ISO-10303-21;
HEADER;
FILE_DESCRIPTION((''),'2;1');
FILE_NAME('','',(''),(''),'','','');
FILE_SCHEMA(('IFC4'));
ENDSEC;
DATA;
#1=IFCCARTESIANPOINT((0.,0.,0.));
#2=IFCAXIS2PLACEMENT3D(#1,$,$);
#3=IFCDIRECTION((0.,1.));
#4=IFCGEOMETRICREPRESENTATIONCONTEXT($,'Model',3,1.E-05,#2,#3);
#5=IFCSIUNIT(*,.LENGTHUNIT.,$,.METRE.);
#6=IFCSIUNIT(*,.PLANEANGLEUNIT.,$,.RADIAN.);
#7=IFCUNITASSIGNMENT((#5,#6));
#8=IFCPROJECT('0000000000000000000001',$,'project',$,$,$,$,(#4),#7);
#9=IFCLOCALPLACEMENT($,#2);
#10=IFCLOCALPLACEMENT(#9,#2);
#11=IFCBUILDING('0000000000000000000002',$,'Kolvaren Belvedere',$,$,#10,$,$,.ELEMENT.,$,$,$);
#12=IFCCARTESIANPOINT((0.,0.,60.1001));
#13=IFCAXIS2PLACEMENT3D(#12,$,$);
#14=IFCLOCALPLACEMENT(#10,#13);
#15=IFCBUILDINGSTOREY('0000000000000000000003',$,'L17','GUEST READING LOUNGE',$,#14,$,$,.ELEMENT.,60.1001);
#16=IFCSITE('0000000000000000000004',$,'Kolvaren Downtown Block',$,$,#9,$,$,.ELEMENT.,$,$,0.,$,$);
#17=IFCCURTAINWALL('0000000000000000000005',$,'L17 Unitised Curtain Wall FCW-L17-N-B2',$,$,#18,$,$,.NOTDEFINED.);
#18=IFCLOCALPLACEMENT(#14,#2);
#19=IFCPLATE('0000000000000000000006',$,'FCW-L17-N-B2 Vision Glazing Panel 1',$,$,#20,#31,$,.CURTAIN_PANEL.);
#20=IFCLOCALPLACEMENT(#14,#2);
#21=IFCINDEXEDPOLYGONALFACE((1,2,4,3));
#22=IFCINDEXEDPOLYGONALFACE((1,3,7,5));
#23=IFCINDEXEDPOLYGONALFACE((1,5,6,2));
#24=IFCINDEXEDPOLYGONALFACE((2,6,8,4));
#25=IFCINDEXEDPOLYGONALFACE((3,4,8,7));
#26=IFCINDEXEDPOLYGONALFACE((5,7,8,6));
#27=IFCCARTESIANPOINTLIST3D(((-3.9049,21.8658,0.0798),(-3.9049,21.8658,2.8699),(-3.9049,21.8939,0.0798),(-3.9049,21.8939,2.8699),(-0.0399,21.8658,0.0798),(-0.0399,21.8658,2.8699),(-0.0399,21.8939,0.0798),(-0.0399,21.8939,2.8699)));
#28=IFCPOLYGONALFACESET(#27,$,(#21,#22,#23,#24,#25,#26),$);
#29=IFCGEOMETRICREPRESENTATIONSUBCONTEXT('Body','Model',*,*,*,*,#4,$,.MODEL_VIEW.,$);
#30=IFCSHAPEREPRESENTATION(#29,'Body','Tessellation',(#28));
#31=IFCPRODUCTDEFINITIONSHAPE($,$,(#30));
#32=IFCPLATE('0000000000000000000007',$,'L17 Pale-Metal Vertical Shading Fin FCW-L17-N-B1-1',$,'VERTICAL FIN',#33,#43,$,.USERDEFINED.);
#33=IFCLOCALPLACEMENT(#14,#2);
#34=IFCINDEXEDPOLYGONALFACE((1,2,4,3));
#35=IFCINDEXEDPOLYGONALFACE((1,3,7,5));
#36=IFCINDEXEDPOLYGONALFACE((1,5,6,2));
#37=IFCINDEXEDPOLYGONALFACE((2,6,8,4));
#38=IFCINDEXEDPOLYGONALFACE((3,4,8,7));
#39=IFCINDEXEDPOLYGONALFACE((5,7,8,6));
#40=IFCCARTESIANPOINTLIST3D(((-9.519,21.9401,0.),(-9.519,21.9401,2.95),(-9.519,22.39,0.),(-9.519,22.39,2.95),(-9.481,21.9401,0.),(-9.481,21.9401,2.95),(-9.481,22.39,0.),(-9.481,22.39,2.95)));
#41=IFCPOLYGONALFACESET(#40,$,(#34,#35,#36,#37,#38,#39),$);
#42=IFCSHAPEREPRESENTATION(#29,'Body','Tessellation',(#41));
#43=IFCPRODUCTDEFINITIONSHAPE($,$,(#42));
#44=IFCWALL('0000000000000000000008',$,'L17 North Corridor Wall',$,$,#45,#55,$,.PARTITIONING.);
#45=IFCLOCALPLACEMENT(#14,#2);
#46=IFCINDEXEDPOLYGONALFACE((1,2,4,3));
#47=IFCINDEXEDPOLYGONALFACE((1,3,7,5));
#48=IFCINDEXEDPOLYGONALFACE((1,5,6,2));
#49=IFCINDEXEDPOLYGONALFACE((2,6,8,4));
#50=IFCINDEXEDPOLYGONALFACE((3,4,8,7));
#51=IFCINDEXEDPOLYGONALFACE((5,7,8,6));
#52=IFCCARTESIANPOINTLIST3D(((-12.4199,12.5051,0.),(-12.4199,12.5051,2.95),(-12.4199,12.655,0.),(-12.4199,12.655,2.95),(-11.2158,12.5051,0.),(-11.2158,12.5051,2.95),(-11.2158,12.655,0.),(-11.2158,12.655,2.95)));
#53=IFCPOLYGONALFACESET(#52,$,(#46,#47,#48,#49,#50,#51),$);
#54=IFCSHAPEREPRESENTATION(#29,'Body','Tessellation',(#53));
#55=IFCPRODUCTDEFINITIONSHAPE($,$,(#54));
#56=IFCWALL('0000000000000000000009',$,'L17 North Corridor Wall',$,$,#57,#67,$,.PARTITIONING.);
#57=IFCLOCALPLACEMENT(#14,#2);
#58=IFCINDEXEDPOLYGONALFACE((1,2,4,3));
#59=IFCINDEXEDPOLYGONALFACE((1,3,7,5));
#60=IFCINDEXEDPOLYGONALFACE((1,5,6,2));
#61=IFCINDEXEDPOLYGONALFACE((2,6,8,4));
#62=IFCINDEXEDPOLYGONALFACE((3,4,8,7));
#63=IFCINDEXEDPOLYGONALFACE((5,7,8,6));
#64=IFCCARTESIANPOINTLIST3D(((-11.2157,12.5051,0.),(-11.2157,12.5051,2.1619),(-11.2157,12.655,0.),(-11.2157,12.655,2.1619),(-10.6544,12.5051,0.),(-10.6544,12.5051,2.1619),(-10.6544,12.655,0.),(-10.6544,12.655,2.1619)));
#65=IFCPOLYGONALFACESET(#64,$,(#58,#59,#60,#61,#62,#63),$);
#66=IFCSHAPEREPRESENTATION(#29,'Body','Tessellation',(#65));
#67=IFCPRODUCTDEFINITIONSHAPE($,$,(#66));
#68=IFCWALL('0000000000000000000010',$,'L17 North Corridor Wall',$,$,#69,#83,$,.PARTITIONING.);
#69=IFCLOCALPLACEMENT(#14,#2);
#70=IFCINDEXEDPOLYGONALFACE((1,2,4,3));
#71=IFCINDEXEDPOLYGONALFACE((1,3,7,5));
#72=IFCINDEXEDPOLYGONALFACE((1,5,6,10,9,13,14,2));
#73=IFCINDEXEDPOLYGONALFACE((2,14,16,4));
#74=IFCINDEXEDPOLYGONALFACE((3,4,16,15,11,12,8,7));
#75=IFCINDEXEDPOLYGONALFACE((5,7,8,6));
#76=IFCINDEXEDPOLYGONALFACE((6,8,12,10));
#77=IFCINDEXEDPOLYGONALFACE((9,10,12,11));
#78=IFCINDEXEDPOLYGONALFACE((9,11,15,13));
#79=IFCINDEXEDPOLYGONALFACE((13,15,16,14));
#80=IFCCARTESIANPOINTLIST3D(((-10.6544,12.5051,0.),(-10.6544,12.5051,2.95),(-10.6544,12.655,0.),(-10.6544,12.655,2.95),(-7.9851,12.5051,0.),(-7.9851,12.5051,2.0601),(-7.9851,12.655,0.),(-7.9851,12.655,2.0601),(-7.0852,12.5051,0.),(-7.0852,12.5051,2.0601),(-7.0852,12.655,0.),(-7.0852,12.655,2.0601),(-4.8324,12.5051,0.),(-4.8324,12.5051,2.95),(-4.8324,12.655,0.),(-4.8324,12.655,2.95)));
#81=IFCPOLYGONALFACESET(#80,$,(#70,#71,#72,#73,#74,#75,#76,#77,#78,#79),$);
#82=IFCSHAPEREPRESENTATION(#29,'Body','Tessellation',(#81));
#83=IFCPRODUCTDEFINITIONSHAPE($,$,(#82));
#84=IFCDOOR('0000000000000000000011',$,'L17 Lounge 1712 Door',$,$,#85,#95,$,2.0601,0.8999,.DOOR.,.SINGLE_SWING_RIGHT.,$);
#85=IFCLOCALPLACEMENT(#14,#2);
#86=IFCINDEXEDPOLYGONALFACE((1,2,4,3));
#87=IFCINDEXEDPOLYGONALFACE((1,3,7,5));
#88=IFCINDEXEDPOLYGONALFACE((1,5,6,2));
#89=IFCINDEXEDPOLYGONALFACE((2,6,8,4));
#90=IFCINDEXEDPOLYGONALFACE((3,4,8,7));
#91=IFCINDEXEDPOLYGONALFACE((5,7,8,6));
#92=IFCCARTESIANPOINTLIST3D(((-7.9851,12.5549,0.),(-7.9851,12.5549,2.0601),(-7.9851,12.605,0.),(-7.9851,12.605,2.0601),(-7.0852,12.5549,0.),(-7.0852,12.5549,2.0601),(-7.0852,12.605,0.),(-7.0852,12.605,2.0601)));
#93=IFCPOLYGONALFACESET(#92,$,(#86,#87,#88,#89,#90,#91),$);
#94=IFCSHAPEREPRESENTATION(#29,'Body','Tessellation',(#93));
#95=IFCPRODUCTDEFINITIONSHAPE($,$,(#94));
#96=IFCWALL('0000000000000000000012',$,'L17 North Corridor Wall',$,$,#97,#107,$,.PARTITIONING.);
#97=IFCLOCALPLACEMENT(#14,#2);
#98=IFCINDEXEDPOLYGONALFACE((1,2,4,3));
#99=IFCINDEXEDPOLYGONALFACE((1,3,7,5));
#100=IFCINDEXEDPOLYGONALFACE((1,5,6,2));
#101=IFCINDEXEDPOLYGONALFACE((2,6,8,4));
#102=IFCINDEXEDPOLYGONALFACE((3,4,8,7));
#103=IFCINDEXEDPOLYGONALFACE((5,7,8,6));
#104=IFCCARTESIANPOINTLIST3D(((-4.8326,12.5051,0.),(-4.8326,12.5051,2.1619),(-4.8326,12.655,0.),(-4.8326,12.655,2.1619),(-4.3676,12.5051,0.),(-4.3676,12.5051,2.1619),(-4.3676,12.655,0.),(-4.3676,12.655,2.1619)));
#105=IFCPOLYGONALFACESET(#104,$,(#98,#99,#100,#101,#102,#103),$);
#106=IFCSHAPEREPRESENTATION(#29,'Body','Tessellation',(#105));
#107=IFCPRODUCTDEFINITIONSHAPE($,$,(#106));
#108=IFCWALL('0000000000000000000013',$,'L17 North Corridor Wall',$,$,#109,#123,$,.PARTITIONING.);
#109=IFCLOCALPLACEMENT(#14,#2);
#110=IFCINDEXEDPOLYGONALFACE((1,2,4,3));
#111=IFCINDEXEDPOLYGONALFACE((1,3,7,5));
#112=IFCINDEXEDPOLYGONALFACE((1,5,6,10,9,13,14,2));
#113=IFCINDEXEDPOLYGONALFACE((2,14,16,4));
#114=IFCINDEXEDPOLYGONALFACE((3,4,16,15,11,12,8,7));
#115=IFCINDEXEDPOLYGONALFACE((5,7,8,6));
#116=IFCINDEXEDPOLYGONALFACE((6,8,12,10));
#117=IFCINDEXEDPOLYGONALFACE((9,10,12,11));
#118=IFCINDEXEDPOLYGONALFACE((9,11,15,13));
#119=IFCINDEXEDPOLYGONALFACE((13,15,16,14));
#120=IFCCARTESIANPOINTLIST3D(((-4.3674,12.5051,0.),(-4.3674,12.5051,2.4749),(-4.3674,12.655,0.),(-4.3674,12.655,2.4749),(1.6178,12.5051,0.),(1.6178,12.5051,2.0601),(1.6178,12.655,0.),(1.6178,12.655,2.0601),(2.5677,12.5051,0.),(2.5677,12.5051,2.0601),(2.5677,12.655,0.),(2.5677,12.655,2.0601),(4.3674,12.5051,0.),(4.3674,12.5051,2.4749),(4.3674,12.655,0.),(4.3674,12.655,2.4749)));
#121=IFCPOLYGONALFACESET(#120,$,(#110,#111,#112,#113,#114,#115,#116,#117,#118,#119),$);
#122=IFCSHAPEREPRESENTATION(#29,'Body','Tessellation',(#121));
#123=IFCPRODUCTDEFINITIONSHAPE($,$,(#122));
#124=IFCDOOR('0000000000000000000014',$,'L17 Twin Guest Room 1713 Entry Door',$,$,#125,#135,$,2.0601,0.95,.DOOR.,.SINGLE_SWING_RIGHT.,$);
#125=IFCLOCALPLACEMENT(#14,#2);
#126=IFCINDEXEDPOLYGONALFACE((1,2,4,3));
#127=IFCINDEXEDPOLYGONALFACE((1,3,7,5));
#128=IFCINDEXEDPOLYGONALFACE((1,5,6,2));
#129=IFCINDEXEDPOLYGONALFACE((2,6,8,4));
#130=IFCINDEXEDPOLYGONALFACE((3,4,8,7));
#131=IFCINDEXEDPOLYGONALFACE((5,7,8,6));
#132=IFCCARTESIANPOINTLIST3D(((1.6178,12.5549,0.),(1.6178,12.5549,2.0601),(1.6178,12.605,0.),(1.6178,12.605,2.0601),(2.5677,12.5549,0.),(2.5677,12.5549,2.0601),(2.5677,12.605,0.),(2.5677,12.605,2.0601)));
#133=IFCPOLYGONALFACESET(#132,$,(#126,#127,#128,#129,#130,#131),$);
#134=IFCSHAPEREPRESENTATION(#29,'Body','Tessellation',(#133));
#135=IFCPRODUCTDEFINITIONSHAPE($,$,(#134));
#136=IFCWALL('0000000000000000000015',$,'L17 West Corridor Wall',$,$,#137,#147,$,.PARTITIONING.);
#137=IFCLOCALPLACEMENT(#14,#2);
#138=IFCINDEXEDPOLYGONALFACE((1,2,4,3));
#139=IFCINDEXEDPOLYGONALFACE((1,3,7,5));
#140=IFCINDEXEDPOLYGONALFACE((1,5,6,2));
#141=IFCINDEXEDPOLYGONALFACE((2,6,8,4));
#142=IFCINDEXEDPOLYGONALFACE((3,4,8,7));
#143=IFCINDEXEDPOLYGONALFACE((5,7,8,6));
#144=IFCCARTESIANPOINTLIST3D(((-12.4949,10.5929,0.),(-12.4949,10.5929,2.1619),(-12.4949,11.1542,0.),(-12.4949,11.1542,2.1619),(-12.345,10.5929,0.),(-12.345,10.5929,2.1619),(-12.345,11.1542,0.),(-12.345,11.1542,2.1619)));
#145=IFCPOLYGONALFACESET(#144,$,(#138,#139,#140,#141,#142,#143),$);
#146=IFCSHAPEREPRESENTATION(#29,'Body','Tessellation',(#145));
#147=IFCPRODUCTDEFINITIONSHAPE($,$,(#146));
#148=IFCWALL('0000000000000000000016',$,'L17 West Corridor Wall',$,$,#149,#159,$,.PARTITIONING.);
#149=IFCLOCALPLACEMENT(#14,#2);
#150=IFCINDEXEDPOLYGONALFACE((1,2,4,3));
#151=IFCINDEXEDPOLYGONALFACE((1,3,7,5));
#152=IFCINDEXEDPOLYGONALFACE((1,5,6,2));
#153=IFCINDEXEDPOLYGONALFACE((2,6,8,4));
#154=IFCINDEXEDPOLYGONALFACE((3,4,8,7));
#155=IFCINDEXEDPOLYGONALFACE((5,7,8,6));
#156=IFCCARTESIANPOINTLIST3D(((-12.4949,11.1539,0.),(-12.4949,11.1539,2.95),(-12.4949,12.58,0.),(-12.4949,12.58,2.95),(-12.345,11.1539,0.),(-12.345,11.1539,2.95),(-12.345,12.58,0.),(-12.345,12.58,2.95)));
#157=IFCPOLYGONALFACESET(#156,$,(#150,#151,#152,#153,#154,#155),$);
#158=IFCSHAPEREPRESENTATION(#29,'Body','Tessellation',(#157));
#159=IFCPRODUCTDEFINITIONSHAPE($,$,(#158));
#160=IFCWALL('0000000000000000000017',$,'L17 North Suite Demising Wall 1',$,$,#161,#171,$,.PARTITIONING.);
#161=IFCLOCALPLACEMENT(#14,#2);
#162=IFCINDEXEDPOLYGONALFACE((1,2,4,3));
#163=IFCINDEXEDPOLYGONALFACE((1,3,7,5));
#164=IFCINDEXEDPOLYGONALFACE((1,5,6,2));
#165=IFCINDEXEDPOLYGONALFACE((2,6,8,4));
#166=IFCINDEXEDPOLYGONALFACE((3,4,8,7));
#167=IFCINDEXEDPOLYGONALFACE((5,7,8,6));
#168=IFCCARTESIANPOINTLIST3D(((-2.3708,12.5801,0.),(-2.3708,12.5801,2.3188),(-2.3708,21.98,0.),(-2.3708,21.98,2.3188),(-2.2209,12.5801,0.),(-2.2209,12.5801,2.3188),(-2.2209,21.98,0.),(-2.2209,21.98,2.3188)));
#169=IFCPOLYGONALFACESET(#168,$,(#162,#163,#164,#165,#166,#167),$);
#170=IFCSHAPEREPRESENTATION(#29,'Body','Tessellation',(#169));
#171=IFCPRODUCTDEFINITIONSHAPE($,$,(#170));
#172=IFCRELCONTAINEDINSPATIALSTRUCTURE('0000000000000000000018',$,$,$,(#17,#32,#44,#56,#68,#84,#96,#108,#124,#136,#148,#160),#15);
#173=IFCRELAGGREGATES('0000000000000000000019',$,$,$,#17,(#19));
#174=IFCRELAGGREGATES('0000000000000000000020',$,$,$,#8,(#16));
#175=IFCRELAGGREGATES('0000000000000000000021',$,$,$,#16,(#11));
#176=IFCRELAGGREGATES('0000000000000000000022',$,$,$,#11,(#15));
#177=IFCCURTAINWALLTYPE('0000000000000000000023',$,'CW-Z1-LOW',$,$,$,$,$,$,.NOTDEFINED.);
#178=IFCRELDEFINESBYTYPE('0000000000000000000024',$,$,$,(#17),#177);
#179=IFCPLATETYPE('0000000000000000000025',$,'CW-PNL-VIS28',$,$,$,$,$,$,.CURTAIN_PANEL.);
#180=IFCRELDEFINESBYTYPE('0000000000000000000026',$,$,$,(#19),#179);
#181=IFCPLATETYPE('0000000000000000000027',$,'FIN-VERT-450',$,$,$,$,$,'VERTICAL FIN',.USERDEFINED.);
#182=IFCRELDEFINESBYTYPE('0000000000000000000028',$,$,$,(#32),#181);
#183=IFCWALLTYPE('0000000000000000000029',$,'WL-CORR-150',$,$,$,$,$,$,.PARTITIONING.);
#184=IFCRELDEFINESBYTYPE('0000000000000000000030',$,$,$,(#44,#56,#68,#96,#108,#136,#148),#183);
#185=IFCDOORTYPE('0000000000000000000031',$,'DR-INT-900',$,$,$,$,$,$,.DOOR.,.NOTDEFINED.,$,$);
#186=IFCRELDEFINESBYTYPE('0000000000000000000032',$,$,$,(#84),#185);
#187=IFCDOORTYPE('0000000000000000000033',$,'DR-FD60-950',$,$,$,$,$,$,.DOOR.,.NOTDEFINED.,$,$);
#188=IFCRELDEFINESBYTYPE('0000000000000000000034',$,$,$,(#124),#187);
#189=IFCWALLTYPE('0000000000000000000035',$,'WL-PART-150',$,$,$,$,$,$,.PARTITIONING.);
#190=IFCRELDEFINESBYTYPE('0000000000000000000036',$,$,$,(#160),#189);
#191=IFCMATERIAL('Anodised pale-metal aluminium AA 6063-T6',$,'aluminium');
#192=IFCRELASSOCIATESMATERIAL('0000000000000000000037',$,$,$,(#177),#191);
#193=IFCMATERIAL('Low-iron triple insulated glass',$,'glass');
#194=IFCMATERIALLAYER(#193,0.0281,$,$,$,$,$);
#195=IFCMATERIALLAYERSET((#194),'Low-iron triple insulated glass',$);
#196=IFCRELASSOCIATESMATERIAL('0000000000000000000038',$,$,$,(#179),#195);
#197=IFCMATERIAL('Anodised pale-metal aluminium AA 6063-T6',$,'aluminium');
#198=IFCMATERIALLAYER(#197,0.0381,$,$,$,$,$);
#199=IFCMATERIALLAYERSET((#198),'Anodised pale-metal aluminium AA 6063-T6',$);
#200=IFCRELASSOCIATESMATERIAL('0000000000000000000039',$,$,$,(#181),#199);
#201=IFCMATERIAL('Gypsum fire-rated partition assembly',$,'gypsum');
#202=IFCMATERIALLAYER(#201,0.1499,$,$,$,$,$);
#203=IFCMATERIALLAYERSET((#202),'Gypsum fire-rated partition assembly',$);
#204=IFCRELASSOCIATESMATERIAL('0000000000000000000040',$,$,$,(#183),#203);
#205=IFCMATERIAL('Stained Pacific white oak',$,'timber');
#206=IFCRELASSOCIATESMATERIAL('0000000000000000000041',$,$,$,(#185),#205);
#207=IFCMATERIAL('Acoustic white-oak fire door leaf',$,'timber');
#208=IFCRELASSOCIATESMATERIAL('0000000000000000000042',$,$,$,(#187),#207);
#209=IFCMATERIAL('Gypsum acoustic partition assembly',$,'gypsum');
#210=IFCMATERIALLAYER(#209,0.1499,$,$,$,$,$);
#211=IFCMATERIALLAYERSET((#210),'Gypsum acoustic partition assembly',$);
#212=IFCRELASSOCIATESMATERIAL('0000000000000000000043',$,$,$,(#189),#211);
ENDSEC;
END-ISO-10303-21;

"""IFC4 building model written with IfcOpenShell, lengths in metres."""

from ifc_helpers import new_model, si_unit, direction, frame, frame_2d, origin, origin_2d, place, context, subcontext, project, spatial, rectangle, extrude, material, layer, layer_set, type_object, element, fill, aggregate, save


model = new_model("IFC4")

# Units and contexts
model_context = context("Model", 3, precision=1e-05, world=origin(), true_north=direction((0.0, 1.0)))
body_context = subcontext(model_context, "Body", "Model", "MODEL_VIEW")
ifc_project = project(units=[si_unit("LENGTHUNIT", "METRE"), si_unit("PLANEANGLEUNIT", "RADIAN")], contexts=[model_context])

# Site, building, storey
site_placement = place(None, origin())
site = spatial("IfcSite", under=ifc_project, at=site_placement, Name="Kolvaren Downtown Block", CompositionType="ELEMENT", RefElevation=0.0)
building_placement = place(site_placement, origin())
building = spatial("IfcBuilding", under=site, at=building_placement, Name="Kolvaren Belvedere", CompositionType="ELEMENT")
storey_placement = place(building_placement, frame((0.0, 0.0, 60.1001)))
storey = spatial("IfcBuildingStorey", under=building, at=storey_placement, Name="L17", Description="GUEST READING LOUNGE", CompositionType="ELEMENT", Elevation=60.1001)

# Shared definitions
ifc_material_1 = material(Name="Anodised pale-metal aluminium AA 6063-T6", Category="aluminium")
curtain_wall_type = type_object("IfcCurtainWallType", Name="CW-Z1-LOW", PredefinedType="NOTDEFINED", material=ifc_material_1)

# Curtain wall
curtain_wall_1_placement = place(storey_placement, origin())
curtain_wall_1 = element("IfcCurtainWall", 1, at=curtain_wall_1_placement, inside=storey, type_object=curtain_wall_type, Name="L17 Unitised Curtain Wall FCW-L17-N-B2", PredefinedType="NOTDEFINED")

# Plates
ifc_material_2 = material(Name="Low-iron triple insulated glass", Category="glass")
ifc_layer_1 = layer(ifc_material_2, 0.0281)
ifc_layer_set_1 = layer_set([ifc_layer_1], Name="Low-iron triple insulated glass")
plate_type_1 = type_object("IfcPlateType", Name="CW-PNL-VIS28", PredefinedType="CURTAIN_PANEL", material=ifc_layer_set_1)
plate_1_placement = place(storey_placement, frame((-1.9724, 21.8799, 0.0798), z_axis=(0.0, 0.0, 1.0), x_axis=(1.0, 0.0, 0.0)))
plate_1 = element("IfcPlate", 2, at=plate_1_placement, type_object=plate_type_1, Name="FCW-L17-N-B2 Vision Glazing Panel 1", PredefinedType="CURTAIN_PANEL", context=body_context, shape_type="SweptSolid", body=[
    extrude(rectangle(XDim=3.865, YDim=0.0281, at=origin_2d()), origin(), (0.0, 0.0, 1.0), 2.79),
])
aggregate(curtain_wall_1, [plate_1])
ifc_material_3 = material(Name="Anodised pale-metal aluminium AA 6063-T6", Category="aluminium")
ifc_layer_2 = layer(ifc_material_3, 0.0381)
ifc_layer_set_2 = layer_set([ifc_layer_2], Name="Anodised pale-metal aluminium AA 6063-T6")
plate_type_2 = type_object("IfcPlateType", Name="FIN-VERT-450", ElementType="VERTICAL FIN", PredefinedType="USERDEFINED", material=ifc_layer_set_2)
plate_2_placement = place(storey_placement, frame((-9.5, 22.165, 0.0), z_axis=(0.0, 0.0, 1.0), x_axis=(0.0, 1.0, 0.0)))
element("IfcPlate", 3, at=plate_2_placement, inside=storey, type_object=plate_type_2, Name="L17 Pale-Metal Vertical Shading Fin FCW-L17-N-B1-1", ObjectType="VERTICAL FIN", PredefinedType="USERDEFINED", context=body_context, shape_type="SweptSolid", body=[
    extrude(rectangle(XDim=0.45, YDim=0.0381, at=origin_2d()), origin(), (0.0, 0.0, 1.0), 2.95),
])

# Walls
ifc_material_4 = material(Name="Gypsum fire-rated partition assembly", Category="gypsum")
ifc_layer_3 = layer(ifc_material_4, 0.1499)
ifc_layer_set_3 = layer_set([ifc_layer_3], Name="Gypsum fire-rated partition assembly")
wall_type_1 = type_object("IfcWallType", Name="WL-CORR-150", PredefinedType="PARTITIONING", material=ifc_layer_set_3)
wall_1_placement = place(storey_placement, frame((-12.4199, 12.5801, 0.0), z_axis=(0.0, 0.0, 1.0), x_axis=(1.0, 0.0, 0.0)))
element("IfcWall", 4, at=wall_1_placement, inside=storey, type_object=wall_type_1, Name="L17 North Corridor Wall", PredefinedType="PARTITIONING", context=body_context, shape_type="SweptSolid", body=[
    extrude(rectangle(XDim=1.2041, YDim=0.1499, at=frame_2d((0.6021, 0.0))), origin(), (0.0, 0.0, 1.0), 2.95),
])
wall_2_placement = place(storey_placement, frame((-11.2158, 12.5801, 0.0), z_axis=(0.0, 0.0, 1.0), x_axis=(1.0, 0.0, 0.0)))
element("IfcWall", 5, at=wall_2_placement, inside=storey, type_object=wall_type_1, Name="L17 North Corridor Wall", PredefinedType="PARTITIONING", context=body_context, shape_type="SweptSolid", body=[
    extrude(rectangle(XDim=0.5613, YDim=0.1499, at=frame_2d((0.2808, 0.0))), origin(), (0.0, 0.0, 1.0), 2.1619),
])

# Wall, opening, door
wall_3_placement = place(storey_placement, frame((-10.6545, 12.5801, 0.0), z_axis=(0.0, 0.0, 1.0), x_axis=(1.0, 0.0, 0.0)))
wall_3 = element("IfcWall", 6, at=wall_3_placement, inside=storey, type_object=wall_type_1, Name="L17 North Corridor Wall", PredefinedType="PARTITIONING", context=body_context, shape_type="SweptSolid", body=[
    extrude(rectangle(XDim=5.822, YDim=0.1499, at=frame_2d((2.9111, 0.0))), origin(), (0.0, 0.0, 1.0), 2.95),
])
opening_1_placement = place(wall_3_placement, frame((2.6694, 0.0, 0.0)))
opening_1 = element("IfcOpeningElement", 7, at=opening_1_placement, cuts=wall_3, PredefinedType="OPENING", context=body_context, shape_type="SweptSolid", body=[
    extrude(rectangle(XDim=0.8999, YDim=2.0601, at=frame_2d((0.45, 1.03))), frame((0.0, 0.085, 0.0), z_axis=(0.0, -1.0, 0.0), x_axis=(1.0, 0.0, 0.0)), (0.0, 0.0, 1.0), 0.1699),
])
ifc_material_5 = material(Name="Stained Pacific white oak", Category="timber")
door_type_1 = type_object("IfcDoorType", Name="DR-INT-900", OperationType="NOTDEFINED", PredefinedType="DOOR", material=ifc_material_5)
door_1_placement = place(opening_1_placement, origin())
door_1 = element("IfcDoor", 8, at=door_1_placement, inside=storey, type_object=door_type_1, Name="L17 Lounge 1712 Door", OperationType="SINGLE_SWING_RIGHT", OverallHeight=2.0601, OverallWidth=0.8999, PredefinedType="DOOR", context=body_context, shape_type="SweptSolid", body=[
    extrude(rectangle(XDim=0.8999, YDim=2.0601, at=frame_2d((0.45, 1.03))), frame((0.0, 0.0249, 0.0), z_axis=(0.0, -1.0, 0.0), x_axis=(1.0, 0.0, 0.0)), (0.0, 0.0, 1.0), 0.05),
])
fill(opening_1, door_1)

# Wall
wall_4_placement = place(storey_placement, frame((-4.8325, 12.5801, 0.0), z_axis=(0.0, 0.0, 1.0), x_axis=(1.0, 0.0, 0.0)))
element("IfcWall", 9, at=wall_4_placement, inside=storey, type_object=wall_type_1, Name="L17 North Corridor Wall", PredefinedType="PARTITIONING", context=body_context, shape_type="SweptSolid", body=[
    extrude(rectangle(XDim=0.4651, YDim=0.1499, at=frame_2d((0.2324, 0.0))), origin(), (0.0, 0.0, 1.0), 2.1619),
])

# Wall, opening, door
wall_5_placement = place(storey_placement, frame((-4.3674, 12.5801, 0.0), z_axis=(0.0, 0.0, 1.0), x_axis=(1.0, 0.0, 0.0)))
wall_5 = element("IfcWall", 10, at=wall_5_placement, inside=storey, type_object=wall_type_1, Name="L17 North Corridor Wall", PredefinedType="PARTITIONING", context=body_context, shape_type="SweptSolid", body=[
    extrude(rectangle(XDim=8.7349, YDim=0.1499, at=frame_2d((4.3674, 0.0))), origin(), (0.0, 0.0, 1.0), 2.4749),
])
opening_2_placement = place(wall_5_placement, frame((5.9851, 0.0, 0.0)))
opening_2 = element("IfcOpeningElement", 11, at=opening_2_placement, cuts=wall_5, PredefinedType="OPENING", context=body_context, shape_type="SweptSolid", body=[
    extrude(rectangle(XDim=0.95, YDim=2.0601, at=frame_2d((0.4751, 1.03))), frame((0.0, 0.085, 0.0), z_axis=(0.0, -1.0, 0.0), x_axis=(1.0, 0.0, 0.0)), (0.0, 0.0, 1.0), 0.1699),
])
ifc_material_6 = material(Name="Acoustic white-oak fire door leaf", Category="timber")
door_type_2 = type_object("IfcDoorType", Name="DR-FD60-950", OperationType="NOTDEFINED", PredefinedType="DOOR", material=ifc_material_6)
door_2_placement = place(opening_2_placement, origin())
door_2 = element("IfcDoor", 12, at=door_2_placement, inside=storey, type_object=door_type_2, Name="L17 Twin Guest Room 1713 Entry Door", OperationType="SINGLE_SWING_RIGHT", OverallHeight=2.0601, OverallWidth=0.95, PredefinedType="DOOR", context=body_context, shape_type="SweptSolid", body=[
    extrude(rectangle(XDim=0.95, YDim=2.0601, at=frame_2d((0.4751, 1.03))), frame((0.0, 0.0249, 0.0), z_axis=(0.0, -1.0, 0.0), x_axis=(1.0, 0.0, 0.0)), (0.0, 0.0, 1.0), 0.05),
])
fill(opening_2, door_2)

# Walls
wall_6_placement = place(storey_placement, frame((-12.4199, 10.5928, 0.0), z_axis=(0.0, 0.0, 1.0), x_axis=(0.0, 1.0, 0.0)))
element("IfcWall", 13, at=wall_6_placement, inside=storey, type_object=wall_type_1, Name="L17 West Corridor Wall", PredefinedType="PARTITIONING", context=body_context, shape_type="SweptSolid", body=[
    extrude(rectangle(XDim=0.5613, YDim=0.1499, at=frame_2d((0.2808, 0.0))), origin(), (0.0, 0.0, 1.0), 2.1619),
])
wall_7_placement = place(storey_placement, frame((-12.4199, 11.1541, 0.0), z_axis=(0.0, 0.0, 1.0), x_axis=(0.0, 1.0, 0.0)))
element("IfcWall", 14, at=wall_7_placement, inside=storey, type_object=wall_type_1, Name="L17 West Corridor Wall", PredefinedType="PARTITIONING", context=body_context, shape_type="SweptSolid", body=[
    extrude(rectangle(XDim=1.426, YDim=0.1499, at=frame_2d((0.7129, 0.0))), origin(), (0.0, 0.0, 1.0), 2.95),
])
ifc_material_7 = material(Name="Gypsum acoustic partition assembly", Category="gypsum")
ifc_layer_4 = layer(ifc_material_7, 0.1499)
ifc_layer_set_4 = layer_set([ifc_layer_4], Name="Gypsum acoustic partition assembly")
wall_type_2 = type_object("IfcWallType", Name="WL-PART-150", PredefinedType="PARTITIONING", material=ifc_layer_set_4)
wall_8_placement = place(storey_placement, frame((-2.2959, 12.5801, 0.0), z_axis=(0.0, 0.0, 1.0), x_axis=(0.0, 1.0, 0.0)))
element("IfcWall", 15, at=wall_8_placement, inside=storey, type_object=wall_type_2, Name="L17 North Suite Demising Wall 1", PredefinedType="PARTITIONING", context=body_context, shape_type="SweptSolid", body=[
    extrude(rectangle(XDim=9.3999, YDim=0.1499, at=frame_2d((4.7, 0.0))), origin(), (0.0, 0.0, 1.0), 2.3188),
])

save(model, "model.ifc")
